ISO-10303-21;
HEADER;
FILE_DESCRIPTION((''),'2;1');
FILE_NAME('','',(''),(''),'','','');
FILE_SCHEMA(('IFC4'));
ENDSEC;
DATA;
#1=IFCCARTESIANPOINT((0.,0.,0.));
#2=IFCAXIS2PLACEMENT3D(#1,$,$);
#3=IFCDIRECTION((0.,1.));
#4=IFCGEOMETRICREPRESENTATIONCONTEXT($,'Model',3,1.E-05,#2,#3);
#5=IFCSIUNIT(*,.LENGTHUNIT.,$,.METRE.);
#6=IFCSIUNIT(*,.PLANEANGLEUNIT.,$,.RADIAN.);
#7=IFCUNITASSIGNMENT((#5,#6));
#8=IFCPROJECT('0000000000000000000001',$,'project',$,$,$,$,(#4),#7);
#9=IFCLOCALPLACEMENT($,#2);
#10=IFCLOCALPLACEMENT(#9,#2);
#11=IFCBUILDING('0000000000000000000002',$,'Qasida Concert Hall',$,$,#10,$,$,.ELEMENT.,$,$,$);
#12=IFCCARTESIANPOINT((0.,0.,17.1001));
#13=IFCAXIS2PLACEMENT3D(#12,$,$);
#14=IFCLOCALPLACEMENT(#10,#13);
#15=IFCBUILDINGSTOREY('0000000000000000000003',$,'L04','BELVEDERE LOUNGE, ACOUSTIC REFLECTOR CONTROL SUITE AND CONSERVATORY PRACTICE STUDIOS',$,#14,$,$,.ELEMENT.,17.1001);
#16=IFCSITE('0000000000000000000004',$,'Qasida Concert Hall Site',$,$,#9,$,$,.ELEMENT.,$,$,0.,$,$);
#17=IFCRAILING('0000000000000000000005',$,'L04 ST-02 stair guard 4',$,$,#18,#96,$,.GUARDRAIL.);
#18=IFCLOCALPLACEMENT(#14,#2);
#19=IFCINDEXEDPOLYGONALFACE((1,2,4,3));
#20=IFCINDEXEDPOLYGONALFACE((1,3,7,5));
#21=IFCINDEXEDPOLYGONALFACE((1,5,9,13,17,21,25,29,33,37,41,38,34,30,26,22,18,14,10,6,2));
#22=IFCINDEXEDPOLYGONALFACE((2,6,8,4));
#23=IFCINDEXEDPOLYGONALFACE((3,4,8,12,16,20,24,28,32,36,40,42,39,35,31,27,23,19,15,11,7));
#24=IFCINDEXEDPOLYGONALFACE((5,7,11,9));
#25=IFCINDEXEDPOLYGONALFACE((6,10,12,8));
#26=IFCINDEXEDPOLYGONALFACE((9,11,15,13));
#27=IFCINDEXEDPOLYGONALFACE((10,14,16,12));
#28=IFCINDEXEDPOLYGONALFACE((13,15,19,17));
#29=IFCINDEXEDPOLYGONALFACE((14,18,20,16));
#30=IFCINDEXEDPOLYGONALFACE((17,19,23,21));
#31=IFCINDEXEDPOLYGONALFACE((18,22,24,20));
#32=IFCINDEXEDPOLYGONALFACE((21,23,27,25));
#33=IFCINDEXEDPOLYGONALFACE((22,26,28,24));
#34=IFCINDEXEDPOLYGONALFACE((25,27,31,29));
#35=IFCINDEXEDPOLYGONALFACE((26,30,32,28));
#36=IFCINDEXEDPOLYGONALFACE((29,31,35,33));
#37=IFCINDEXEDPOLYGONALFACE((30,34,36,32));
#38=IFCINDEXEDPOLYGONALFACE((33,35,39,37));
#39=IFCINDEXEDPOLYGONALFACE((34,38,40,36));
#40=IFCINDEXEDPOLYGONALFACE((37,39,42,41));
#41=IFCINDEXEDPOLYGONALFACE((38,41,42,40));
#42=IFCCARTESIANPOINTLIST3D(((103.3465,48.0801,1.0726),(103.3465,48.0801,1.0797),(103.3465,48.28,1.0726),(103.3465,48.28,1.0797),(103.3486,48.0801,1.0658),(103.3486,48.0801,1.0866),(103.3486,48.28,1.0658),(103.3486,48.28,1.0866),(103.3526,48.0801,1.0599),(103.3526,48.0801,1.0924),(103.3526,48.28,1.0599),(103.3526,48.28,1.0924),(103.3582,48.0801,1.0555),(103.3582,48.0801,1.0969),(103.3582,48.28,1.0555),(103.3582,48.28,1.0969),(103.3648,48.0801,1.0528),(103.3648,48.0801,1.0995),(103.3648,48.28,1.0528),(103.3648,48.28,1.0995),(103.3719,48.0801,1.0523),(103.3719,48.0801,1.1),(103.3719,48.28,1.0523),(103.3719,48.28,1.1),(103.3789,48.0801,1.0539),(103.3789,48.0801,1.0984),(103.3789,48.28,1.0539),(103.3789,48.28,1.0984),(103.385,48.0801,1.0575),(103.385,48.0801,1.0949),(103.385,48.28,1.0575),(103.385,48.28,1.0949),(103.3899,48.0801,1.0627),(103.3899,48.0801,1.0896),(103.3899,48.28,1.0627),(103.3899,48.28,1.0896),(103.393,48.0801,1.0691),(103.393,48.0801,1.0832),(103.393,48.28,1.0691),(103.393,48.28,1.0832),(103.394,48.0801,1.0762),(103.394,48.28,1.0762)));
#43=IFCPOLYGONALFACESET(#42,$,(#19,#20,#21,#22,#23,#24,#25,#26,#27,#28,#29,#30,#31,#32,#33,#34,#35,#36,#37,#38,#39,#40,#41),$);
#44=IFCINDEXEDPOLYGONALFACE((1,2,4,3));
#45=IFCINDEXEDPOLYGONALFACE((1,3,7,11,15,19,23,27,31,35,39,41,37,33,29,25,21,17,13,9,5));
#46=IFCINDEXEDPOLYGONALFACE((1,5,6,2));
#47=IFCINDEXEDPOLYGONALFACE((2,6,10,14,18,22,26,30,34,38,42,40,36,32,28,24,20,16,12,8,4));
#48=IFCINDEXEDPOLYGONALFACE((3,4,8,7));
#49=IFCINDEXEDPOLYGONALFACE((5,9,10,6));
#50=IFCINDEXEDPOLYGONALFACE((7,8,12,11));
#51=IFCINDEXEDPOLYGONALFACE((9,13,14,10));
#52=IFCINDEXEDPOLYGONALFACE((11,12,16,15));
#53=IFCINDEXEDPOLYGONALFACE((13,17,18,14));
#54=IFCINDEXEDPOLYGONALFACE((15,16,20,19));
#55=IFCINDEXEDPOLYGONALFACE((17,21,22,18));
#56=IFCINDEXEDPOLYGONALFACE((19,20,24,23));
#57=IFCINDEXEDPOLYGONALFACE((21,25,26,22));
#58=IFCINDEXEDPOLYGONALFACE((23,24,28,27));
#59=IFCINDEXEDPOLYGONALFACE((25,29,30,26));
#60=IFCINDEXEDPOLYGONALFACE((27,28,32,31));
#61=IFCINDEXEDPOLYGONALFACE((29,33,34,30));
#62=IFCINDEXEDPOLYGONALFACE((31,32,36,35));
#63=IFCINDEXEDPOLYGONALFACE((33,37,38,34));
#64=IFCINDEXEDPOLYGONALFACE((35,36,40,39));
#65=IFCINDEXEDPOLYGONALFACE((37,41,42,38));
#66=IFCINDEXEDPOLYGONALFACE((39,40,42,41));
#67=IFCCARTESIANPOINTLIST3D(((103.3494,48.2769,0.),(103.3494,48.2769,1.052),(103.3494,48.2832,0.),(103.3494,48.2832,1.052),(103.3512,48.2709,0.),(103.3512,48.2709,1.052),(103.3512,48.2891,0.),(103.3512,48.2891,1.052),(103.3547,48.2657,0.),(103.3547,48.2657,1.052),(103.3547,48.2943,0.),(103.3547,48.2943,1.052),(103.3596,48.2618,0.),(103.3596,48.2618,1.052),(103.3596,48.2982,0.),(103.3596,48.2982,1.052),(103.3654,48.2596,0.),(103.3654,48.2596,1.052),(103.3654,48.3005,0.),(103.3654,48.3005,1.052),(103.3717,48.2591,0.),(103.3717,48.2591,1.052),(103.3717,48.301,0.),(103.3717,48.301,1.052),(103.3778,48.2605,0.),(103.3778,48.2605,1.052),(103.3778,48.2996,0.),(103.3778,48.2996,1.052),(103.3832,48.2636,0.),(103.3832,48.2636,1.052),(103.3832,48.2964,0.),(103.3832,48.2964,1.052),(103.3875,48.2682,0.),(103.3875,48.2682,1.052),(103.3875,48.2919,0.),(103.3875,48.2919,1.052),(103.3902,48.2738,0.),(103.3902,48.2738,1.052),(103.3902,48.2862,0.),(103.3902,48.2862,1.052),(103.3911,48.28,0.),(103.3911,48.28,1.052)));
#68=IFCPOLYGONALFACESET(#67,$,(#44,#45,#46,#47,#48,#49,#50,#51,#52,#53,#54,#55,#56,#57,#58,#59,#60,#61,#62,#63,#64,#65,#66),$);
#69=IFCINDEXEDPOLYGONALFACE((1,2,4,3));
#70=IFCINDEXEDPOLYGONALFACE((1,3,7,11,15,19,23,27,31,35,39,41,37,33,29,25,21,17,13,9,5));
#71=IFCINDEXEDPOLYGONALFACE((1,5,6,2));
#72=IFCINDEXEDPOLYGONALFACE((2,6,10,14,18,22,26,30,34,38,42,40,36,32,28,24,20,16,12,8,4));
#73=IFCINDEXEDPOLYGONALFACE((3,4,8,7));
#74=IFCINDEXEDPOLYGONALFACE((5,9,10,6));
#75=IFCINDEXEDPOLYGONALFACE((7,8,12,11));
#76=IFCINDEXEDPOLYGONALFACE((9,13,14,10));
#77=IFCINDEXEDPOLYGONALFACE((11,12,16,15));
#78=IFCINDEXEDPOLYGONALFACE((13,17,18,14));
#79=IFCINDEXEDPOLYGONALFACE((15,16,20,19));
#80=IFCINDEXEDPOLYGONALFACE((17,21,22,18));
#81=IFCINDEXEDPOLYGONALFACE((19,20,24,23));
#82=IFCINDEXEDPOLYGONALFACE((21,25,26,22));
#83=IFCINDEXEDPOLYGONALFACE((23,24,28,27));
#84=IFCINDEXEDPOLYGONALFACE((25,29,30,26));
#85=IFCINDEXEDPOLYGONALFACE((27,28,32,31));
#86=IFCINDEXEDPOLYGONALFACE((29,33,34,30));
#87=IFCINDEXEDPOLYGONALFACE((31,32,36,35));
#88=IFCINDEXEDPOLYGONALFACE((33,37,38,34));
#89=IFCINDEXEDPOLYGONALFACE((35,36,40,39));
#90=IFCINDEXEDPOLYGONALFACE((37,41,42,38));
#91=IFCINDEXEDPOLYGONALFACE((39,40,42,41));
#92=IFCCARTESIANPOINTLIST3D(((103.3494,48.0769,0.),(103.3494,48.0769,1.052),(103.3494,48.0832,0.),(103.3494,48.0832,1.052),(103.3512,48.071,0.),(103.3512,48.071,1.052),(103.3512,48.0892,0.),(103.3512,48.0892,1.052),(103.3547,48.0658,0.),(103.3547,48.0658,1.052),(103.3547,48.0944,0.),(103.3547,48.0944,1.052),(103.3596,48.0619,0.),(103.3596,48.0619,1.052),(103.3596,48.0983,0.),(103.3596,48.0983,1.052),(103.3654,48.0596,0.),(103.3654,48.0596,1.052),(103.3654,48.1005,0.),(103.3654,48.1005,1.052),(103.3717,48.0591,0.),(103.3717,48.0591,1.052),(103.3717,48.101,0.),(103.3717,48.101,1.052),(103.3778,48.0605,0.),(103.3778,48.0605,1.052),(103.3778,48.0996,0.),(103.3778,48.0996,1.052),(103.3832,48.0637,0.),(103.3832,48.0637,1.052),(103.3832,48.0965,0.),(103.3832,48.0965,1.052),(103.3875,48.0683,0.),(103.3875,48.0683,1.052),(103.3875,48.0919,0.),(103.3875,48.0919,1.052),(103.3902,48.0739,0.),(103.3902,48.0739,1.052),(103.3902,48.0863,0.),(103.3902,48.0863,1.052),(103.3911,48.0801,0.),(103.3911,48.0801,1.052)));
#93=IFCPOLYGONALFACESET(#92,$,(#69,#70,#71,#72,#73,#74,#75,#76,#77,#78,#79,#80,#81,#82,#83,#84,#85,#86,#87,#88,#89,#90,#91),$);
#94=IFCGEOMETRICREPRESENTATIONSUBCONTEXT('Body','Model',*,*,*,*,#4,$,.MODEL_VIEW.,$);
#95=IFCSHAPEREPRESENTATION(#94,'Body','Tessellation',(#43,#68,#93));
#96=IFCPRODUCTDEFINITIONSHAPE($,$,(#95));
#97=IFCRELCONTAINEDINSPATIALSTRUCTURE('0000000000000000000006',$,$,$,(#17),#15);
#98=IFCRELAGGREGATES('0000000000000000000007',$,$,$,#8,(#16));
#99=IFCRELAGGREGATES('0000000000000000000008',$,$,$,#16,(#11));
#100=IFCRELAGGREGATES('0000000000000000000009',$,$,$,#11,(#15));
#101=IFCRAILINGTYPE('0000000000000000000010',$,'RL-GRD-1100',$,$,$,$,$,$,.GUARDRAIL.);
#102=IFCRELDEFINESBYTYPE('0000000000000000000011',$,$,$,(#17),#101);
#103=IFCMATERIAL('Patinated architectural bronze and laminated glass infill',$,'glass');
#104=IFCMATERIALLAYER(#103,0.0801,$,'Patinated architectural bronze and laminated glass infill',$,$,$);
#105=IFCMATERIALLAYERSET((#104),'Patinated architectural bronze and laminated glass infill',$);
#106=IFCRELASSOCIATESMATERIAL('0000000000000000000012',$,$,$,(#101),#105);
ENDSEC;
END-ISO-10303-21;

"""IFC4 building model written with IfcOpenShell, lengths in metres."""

from ifc_helpers import new_model, si_unit, direction, frame, origin, origin_2d, place, context, subcontext, project, spatial, circle, extrude, material, layer, layer_set, type_object, element, save


model = new_model("IFC4")

# Units and contexts
model_context = context("Model", 3, precision=1e-05, world=origin(), true_north=direction((0.0, 1.0)))
body_context = subcontext(model_context, "Body", "Model", "MODEL_VIEW")
ifc_project = project(units=[si_unit("LENGTHUNIT", "METRE"), si_unit("PLANEANGLEUNIT", "RADIAN")], contexts=[model_context])

# Site, building, storey
site_placement = place(None, origin())
site = spatial("IfcSite", under=ifc_project, at=site_placement, Name="Qasida Concert Hall Site", CompositionType="ELEMENT", RefElevation=0.0)
building_placement = place(site_placement, origin())
building = spatial("IfcBuilding", under=site, at=building_placement, Name="Qasida Concert Hall", CompositionType="ELEMENT")
storey_placement = place(building_placement, frame((0.0, 0.0, 17.1001)))
storey = spatial("IfcBuildingStorey", under=building, at=storey_placement, Name="L04", Description="BELVEDERE LOUNGE, ACOUSTIC REFLECTOR CONTROL SUITE AND CONSERVATORY PRACTICE STUDIOS", CompositionType="ELEMENT", Elevation=17.1001)

# Railing
ifc_material_1 = material(Name="Patinated architectural bronze and laminated glass infill", Category="glass")
ifc_layer_1 = layer(ifc_material_1, 0.0801, Name="Patinated architectural bronze and laminated glass infill")
ifc_layer_set_1 = layer_set([ifc_layer_1], Name="Patinated architectural bronze and laminated glass infill")
railing_type = type_object("IfcRailingType", Name="RL-GRD-1100", PredefinedType="GUARDRAIL", material=ifc_layer_set_1)
railing_placement = place(storey_placement, frame((103.3701, 48.28, 0.0)))
element("IfcRailing", 1, at=railing_placement, inside=storey, type_object=railing_type, Name="L04 ST-02 stair guard 4", PredefinedType="GUARDRAIL", context=body_context, shape_type="SweptSolid", body=[
    extrude(circle(Radius=0.0239, at=origin_2d()), frame((0.0, 0.0, 1.0762), z_axis=(0.0, -1.0, 0.0), x_axis=(1.0, 0.0, 0.0)), (0.0, 0.0, 1.0), 0.2),
    extrude(circle(Radius=0.021, at=origin_2d()), origin(), (0.0, 0.0, 1.0), 1.052),
    extrude(circle(Radius=0.021, at=origin_2d()), frame((0.0, -0.2, 0.0)), (0.0, 0.0, 1.0), 1.052),
])

save(model, "model.ifc")
